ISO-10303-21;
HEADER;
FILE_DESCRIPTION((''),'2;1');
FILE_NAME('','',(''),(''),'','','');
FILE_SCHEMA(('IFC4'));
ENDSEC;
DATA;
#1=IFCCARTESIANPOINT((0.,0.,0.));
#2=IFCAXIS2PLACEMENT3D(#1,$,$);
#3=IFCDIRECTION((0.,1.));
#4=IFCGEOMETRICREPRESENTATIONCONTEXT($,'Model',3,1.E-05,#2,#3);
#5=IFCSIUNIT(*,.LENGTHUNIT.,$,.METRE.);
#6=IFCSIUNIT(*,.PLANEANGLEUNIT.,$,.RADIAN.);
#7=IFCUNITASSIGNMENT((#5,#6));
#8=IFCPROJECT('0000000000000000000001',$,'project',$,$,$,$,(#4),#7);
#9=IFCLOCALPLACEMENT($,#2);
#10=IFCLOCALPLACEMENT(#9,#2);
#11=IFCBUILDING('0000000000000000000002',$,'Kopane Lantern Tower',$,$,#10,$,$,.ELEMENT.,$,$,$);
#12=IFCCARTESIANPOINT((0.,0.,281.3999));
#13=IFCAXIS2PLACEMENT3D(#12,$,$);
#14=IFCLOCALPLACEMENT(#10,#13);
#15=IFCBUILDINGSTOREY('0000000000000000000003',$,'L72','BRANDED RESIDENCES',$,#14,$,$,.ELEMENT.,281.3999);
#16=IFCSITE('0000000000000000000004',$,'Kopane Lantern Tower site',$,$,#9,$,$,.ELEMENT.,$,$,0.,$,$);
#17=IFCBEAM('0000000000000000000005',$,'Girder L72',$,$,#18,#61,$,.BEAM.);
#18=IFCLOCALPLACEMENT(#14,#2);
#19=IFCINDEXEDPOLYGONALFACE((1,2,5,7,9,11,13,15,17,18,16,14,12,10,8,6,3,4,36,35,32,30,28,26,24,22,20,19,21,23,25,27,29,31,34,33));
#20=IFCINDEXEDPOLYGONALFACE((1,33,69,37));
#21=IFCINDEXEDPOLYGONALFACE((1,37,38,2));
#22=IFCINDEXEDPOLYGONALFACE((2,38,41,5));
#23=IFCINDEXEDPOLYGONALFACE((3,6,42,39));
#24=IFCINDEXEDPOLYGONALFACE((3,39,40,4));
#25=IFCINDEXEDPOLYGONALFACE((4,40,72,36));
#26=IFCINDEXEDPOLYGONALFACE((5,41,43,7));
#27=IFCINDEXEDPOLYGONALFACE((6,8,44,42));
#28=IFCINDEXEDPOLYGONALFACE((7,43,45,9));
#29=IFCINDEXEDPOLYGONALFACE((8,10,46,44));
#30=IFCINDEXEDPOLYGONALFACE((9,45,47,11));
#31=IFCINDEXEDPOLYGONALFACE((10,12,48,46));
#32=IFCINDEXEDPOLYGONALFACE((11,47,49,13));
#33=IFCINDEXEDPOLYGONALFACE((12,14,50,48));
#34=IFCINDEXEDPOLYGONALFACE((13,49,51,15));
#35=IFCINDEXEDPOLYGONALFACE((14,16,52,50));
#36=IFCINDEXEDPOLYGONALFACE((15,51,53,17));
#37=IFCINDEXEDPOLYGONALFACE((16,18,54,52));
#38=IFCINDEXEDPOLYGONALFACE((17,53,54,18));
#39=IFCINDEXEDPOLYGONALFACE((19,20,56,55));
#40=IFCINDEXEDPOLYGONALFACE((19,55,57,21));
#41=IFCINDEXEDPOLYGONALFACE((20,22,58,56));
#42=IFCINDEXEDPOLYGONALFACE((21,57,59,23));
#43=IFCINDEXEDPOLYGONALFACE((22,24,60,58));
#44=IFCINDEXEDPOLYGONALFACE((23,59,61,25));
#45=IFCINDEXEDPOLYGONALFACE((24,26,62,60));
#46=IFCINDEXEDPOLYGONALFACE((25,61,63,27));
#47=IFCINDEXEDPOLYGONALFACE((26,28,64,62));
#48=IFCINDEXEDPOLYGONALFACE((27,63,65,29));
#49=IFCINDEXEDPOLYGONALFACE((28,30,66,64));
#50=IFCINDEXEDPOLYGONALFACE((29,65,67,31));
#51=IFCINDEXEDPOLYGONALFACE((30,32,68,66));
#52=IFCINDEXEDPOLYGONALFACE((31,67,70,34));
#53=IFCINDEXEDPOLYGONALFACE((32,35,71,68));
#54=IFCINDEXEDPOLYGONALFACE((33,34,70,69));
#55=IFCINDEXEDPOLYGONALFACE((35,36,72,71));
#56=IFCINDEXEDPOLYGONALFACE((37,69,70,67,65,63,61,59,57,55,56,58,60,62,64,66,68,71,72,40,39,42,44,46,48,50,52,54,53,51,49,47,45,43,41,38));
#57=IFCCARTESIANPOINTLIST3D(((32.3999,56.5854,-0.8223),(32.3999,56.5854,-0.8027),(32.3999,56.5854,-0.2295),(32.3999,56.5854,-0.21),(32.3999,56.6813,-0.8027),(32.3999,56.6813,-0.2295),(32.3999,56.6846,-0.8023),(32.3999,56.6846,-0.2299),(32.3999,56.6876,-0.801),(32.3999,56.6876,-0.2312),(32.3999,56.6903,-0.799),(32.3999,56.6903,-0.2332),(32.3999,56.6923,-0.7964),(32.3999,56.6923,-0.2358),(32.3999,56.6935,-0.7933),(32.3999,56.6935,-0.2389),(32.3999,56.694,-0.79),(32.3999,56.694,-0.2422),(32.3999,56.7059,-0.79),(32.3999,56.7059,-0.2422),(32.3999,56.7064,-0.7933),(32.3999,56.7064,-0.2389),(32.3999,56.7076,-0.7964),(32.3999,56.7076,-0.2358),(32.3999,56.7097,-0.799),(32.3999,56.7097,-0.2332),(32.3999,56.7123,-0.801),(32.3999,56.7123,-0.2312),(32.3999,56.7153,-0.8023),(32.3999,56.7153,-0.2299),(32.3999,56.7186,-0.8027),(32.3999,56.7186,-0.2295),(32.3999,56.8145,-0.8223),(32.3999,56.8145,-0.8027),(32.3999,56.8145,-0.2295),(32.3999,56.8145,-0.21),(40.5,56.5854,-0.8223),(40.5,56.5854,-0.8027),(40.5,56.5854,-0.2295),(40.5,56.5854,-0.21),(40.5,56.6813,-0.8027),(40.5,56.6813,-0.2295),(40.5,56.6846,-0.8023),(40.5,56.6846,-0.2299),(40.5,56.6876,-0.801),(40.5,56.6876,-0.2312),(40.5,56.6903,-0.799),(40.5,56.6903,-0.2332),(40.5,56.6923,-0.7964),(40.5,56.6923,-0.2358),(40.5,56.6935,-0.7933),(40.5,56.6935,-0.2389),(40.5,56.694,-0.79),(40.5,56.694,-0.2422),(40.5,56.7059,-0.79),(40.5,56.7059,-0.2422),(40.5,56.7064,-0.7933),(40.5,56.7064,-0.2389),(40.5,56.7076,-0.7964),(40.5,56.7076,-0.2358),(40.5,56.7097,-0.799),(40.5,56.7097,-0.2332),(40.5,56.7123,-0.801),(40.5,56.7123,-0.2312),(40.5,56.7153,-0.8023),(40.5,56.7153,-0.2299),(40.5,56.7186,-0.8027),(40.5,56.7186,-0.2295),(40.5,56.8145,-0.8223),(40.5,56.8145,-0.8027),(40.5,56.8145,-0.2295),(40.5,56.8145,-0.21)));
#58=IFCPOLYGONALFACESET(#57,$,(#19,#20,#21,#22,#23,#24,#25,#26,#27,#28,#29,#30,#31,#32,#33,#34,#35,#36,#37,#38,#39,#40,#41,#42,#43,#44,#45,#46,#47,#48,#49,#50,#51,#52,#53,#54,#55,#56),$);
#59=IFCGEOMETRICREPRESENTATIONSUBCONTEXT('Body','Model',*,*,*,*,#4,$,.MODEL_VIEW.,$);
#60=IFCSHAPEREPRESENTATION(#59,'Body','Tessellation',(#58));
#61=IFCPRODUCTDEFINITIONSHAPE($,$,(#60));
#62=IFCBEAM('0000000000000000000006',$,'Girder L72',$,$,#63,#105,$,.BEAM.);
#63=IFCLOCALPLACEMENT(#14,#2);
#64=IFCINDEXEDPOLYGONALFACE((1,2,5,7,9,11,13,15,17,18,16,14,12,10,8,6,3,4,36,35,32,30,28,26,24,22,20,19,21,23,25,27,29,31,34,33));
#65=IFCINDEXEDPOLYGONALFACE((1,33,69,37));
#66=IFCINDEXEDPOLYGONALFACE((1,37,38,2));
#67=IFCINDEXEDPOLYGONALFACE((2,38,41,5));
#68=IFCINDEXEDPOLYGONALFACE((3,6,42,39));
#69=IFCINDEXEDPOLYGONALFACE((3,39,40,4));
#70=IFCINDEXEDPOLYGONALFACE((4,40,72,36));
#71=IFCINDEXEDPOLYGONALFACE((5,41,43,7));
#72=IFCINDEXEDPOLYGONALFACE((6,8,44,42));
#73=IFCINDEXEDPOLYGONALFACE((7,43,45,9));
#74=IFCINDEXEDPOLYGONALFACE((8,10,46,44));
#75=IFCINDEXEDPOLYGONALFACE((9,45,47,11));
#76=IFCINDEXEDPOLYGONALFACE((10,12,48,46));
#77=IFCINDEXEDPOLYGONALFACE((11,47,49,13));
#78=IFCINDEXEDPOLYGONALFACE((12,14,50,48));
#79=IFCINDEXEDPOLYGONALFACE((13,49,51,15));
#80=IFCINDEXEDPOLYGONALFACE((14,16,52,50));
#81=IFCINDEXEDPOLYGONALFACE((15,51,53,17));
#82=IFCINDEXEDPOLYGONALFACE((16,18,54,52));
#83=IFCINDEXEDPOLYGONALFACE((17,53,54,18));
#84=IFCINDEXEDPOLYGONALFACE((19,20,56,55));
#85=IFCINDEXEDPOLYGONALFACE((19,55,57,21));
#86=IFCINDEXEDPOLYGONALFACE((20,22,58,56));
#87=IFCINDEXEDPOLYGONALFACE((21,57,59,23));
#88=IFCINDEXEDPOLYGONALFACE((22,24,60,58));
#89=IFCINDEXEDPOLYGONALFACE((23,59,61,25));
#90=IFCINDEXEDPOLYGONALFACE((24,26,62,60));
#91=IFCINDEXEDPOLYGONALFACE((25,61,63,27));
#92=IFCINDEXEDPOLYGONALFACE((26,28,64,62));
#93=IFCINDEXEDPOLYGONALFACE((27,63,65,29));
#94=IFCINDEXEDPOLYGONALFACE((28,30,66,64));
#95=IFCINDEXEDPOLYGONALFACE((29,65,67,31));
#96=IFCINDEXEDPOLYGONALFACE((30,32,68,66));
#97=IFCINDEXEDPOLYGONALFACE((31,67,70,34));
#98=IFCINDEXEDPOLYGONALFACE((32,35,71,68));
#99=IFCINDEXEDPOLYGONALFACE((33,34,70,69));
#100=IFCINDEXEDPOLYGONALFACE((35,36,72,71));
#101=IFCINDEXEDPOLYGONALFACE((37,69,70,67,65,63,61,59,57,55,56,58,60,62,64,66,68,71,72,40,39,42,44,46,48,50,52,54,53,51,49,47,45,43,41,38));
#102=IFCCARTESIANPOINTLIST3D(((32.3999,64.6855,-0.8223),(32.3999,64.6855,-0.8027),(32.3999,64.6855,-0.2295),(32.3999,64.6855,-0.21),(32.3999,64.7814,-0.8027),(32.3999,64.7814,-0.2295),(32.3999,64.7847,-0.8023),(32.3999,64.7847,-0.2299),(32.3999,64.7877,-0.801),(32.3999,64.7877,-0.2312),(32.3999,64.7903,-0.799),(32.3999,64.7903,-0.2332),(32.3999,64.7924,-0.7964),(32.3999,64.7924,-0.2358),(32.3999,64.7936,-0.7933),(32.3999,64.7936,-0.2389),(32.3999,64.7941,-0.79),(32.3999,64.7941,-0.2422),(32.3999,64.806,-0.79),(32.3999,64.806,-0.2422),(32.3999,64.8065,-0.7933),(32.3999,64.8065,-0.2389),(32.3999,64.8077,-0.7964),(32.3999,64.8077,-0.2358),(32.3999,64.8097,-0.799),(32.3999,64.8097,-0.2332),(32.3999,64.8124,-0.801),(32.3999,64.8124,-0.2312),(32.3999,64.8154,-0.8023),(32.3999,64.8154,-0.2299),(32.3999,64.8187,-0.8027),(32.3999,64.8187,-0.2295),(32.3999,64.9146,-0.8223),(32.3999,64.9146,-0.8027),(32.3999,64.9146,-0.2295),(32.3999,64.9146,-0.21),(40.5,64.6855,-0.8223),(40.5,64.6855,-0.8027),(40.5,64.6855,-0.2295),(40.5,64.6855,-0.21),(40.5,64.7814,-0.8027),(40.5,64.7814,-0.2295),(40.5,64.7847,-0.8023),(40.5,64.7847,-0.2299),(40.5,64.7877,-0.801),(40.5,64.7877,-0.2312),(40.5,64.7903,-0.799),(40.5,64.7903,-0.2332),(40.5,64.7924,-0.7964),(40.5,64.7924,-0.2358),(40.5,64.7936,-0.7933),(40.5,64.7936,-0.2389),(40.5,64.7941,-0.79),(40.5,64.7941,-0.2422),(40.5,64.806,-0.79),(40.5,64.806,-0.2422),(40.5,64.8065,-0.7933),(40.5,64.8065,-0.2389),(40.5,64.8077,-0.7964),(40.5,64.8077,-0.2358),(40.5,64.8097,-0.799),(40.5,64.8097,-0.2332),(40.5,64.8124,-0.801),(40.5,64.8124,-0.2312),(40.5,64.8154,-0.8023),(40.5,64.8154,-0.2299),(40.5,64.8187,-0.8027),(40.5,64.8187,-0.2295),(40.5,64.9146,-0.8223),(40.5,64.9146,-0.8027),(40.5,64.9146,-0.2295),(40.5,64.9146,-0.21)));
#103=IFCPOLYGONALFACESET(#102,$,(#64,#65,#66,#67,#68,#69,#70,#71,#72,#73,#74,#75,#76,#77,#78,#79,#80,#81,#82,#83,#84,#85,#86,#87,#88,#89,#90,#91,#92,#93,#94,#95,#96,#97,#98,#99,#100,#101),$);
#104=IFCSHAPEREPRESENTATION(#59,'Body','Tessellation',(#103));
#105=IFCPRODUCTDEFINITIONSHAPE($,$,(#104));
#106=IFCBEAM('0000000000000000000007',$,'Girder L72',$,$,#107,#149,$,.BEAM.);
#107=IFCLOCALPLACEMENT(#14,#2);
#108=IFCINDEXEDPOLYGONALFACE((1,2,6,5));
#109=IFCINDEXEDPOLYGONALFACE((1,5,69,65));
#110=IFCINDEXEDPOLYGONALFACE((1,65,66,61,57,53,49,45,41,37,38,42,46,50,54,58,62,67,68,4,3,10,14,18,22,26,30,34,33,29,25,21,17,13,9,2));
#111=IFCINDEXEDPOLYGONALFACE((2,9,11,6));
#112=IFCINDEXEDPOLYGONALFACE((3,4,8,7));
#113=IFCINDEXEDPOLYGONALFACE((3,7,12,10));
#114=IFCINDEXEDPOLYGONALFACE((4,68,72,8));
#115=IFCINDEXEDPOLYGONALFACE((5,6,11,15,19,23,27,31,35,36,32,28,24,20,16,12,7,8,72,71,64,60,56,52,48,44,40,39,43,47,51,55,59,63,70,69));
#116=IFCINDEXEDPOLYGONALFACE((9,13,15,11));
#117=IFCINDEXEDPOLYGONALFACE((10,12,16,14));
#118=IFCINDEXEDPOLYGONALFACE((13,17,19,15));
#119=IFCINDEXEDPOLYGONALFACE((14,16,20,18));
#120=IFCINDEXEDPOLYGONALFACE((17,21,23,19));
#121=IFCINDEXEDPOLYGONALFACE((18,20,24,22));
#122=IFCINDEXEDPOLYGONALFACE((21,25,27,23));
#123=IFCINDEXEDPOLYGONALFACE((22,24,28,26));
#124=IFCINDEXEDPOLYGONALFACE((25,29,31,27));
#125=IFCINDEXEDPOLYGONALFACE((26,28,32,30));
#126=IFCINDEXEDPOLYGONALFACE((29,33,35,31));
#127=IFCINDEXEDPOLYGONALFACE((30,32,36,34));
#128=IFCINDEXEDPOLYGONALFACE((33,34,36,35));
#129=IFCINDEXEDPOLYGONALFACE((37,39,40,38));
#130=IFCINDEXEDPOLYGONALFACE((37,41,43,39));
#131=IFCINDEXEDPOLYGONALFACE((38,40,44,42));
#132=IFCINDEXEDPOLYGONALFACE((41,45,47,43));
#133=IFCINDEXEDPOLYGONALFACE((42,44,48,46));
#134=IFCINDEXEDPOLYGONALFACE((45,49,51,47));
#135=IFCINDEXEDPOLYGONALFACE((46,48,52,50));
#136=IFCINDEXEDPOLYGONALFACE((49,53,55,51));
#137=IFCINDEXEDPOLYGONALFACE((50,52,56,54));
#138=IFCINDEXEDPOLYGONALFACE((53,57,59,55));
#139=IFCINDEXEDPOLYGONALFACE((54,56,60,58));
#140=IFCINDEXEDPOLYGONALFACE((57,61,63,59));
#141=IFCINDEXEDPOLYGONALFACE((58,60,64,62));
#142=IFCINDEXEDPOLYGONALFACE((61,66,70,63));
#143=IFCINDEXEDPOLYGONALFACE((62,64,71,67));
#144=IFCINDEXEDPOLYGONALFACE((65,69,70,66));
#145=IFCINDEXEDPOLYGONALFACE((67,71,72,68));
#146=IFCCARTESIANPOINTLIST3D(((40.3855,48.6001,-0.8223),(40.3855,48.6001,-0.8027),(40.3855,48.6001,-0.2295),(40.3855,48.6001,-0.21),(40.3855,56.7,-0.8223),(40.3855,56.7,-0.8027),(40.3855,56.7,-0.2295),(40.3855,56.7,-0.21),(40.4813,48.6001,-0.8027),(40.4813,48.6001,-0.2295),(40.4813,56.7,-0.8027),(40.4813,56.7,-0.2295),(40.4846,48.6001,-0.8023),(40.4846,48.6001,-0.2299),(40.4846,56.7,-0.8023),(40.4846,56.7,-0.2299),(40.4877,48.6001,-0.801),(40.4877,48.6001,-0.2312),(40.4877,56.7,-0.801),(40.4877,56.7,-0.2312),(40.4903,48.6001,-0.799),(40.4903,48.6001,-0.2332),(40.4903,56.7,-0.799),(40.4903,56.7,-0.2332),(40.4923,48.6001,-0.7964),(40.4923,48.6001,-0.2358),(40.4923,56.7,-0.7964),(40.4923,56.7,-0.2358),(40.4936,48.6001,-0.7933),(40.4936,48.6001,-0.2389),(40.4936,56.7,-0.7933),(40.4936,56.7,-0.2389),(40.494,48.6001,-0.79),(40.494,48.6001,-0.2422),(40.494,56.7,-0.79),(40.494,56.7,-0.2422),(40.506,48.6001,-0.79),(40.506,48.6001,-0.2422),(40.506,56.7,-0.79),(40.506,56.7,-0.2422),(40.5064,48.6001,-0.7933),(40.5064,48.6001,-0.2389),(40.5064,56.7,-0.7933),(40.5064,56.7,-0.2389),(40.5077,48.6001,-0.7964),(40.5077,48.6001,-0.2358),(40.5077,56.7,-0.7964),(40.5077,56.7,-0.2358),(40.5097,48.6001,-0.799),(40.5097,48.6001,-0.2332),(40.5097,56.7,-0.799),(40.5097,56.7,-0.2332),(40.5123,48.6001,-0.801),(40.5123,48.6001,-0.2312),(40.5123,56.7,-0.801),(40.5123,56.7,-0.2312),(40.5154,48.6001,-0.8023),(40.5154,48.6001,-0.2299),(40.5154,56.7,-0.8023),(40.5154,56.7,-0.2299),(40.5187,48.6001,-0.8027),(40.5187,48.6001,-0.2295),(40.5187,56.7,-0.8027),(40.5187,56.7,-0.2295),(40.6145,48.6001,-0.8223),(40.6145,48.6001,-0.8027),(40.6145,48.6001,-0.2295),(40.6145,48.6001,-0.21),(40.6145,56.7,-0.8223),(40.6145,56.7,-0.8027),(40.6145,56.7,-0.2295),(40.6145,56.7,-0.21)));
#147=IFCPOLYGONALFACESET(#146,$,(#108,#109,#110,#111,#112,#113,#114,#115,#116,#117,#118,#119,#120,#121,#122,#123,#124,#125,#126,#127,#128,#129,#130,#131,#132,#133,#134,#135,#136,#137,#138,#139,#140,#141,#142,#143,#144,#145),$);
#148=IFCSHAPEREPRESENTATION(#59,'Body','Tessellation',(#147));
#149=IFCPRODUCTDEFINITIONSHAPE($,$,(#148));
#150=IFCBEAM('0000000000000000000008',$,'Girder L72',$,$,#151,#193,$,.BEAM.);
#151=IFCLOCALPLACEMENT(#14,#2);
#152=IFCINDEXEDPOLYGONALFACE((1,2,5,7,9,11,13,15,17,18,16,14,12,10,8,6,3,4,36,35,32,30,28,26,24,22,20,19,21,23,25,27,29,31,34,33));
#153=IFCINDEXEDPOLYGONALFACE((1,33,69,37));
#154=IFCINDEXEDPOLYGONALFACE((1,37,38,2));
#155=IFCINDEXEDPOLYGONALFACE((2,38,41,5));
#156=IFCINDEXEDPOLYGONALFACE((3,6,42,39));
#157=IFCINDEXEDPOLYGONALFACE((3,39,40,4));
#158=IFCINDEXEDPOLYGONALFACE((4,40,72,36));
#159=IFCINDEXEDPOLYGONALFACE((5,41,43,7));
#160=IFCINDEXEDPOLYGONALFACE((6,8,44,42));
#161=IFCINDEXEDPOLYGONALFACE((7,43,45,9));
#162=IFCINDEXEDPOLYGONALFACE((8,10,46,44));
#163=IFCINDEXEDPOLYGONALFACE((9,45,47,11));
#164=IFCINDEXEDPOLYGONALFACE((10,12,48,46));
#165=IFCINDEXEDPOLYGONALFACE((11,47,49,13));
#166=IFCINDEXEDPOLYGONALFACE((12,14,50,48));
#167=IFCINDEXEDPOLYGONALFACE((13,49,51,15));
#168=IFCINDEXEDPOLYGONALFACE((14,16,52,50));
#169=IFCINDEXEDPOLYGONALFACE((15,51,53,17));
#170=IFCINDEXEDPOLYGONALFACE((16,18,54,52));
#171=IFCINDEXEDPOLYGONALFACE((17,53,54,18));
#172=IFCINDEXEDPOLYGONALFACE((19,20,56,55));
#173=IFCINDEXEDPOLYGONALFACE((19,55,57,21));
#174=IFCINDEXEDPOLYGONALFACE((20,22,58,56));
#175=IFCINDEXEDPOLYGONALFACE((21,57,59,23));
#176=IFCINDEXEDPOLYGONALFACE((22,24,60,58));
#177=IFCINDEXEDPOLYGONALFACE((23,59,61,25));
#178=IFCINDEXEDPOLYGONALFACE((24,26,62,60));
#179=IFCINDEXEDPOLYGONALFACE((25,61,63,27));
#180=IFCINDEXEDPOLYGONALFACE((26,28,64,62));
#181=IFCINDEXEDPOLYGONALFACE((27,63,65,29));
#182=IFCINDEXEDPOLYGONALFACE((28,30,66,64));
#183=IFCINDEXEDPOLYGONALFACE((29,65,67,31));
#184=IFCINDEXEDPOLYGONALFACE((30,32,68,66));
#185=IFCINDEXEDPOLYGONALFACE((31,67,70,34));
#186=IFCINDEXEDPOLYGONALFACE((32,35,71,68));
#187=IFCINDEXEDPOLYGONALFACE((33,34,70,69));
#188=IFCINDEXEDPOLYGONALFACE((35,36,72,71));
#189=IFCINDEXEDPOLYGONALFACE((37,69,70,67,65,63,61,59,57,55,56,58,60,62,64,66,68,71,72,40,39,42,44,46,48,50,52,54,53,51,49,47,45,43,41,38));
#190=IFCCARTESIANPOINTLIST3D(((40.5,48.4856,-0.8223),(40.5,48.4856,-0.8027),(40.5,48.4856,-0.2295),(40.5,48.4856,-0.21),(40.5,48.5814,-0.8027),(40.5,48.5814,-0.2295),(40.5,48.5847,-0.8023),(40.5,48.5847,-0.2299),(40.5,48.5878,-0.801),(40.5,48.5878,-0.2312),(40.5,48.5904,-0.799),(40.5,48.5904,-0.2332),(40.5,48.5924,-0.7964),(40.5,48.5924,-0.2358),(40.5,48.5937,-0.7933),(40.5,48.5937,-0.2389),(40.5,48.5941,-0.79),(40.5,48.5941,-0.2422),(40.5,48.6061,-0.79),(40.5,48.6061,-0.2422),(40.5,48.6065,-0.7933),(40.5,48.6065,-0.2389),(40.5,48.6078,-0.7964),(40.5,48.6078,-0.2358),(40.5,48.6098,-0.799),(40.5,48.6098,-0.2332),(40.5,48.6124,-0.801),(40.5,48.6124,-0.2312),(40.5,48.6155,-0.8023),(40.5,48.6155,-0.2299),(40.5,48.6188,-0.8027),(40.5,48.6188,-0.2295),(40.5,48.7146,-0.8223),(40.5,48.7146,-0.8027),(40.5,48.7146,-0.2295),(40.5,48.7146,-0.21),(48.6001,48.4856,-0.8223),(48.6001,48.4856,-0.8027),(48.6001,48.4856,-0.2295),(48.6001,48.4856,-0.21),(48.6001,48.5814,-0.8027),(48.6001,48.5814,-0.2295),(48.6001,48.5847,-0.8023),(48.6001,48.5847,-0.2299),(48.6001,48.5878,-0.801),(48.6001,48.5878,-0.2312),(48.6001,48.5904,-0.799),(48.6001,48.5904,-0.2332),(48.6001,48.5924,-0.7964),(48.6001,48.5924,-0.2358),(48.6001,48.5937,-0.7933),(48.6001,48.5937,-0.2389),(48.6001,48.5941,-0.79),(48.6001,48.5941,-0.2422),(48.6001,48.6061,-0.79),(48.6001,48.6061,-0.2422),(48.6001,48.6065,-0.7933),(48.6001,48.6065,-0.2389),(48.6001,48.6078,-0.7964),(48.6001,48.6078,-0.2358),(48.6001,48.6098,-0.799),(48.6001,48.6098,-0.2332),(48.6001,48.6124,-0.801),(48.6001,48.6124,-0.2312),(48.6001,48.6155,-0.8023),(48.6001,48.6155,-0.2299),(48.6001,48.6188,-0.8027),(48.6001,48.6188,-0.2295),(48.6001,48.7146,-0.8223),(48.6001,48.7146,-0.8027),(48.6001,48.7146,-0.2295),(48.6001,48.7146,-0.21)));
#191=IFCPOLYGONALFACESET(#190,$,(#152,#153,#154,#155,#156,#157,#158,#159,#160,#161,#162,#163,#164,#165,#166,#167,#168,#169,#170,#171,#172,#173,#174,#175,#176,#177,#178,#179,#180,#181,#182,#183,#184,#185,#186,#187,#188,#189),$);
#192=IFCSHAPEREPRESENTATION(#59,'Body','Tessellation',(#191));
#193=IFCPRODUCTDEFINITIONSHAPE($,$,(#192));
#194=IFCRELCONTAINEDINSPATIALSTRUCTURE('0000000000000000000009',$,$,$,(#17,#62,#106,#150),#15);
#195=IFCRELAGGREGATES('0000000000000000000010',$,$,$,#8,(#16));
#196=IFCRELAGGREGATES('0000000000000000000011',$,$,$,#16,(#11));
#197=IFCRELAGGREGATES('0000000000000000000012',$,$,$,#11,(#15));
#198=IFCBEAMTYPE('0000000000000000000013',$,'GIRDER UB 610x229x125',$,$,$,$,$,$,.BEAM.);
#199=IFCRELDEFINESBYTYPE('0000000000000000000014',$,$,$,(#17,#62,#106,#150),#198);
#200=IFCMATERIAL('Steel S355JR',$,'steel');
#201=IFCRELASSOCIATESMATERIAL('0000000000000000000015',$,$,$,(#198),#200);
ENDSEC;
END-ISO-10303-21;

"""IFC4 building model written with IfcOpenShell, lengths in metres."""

from ifc_helpers import new_model, si_unit, direction, frame, origin, origin_2d, place, context, subcontext, project, spatial, i_section, extrude, material, material_profile, profile_set, type_object, element, save


model = new_model("IFC4")

# Units and contexts
model_context = context("Model", 3, precision=1e-05, world=origin(), true_north=direction((0.0, 1.0)))
body_context = subcontext(model_context, "Body", "Model", "MODEL_VIEW")
ifc_project = project(units=[si_unit("LENGTHUNIT", "METRE"), si_unit("PLANEANGLEUNIT", "RADIAN")], contexts=[model_context])

# Site, building, storey
site_placement = place(None, origin())
site = spatial("IfcSite", under=ifc_project, at=site_placement, Name="Kopane Lantern Tower site", CompositionType="ELEMENT", RefElevation=0.0)
building_placement = place(site_placement, origin())
building = spatial("IfcBuilding", under=site, at=building_placement, Name="Kopane Lantern Tower", CompositionType="ELEMENT")
storey_placement = place(building_placement, frame((0.0, 0.0, 281.3999)))
storey = spatial("IfcBuildingStorey", under=building, at=storey_placement, Name="L72", Description="BRANDED RESIDENCES", CompositionType="ELEMENT", Elevation=281.3999)

# Beams
ifc_material_1 = material(Name="Steel S355JR", Category="steel")
ifc_material_profile_1 = material_profile(ifc_material_1, i_section(OverallWidth=0.229, OverallDepth=0.6123, WebThickness=0.012, FlangeThickness=0.0195, FilletRadius=0.0127, at=origin_2d()), Name="UB 610x229x125")
ifc_profile_set_1 = profile_set([ifc_material_profile_1], Name="Steel S355JR")
beam_type = type_object("IfcBeamType", Name="GIRDER UB 610x229x125", PredefinedType="BEAM", material=ifc_profile_set_1)
for number, where, z_axis, x_axis, name in (
    (1, (32.3999, 56.7, -0.5161), (1.0, 0.0, 0.0), (0.0, 1.0, 0.0), "Girder L72"),
    (2, (32.3999, 64.8, -0.5161), (1.0, 0.0, 0.0), (0.0, 1.0, 0.0), "Girder L72"),
):
    element("IfcBeam", number, at=place(storey_placement, frame(where, z_axis=z_axis, x_axis=x_axis)), inside=storey, type_object=beam_type, Name=name, PredefinedType="BEAM", context=body_context, shape_type="SweptSolid", body=[
        extrude(i_section(OverallWidth=0.229, OverallDepth=0.6123, WebThickness=0.012, FlangeThickness=0.0195, FilletRadius=0.0127, at=origin_2d()), origin(), (0.0, 0.0, 1.0), 8.1001),
    ])
beam_1_placement = place(storey_placement, frame((40.5, 48.6001, -0.5161), z_axis=(0.0, 1.0, 0.0), x_axis=(-1.0, 0.0, 0.0)))
element("IfcBeam", 3, at=beam_1_placement, inside=storey, type_object=beam_type, Name="Girder L72", PredefinedType="BEAM", context=body_context, shape_type="SweptSolid", body=[
    extrude(i_section(OverallWidth=0.229, OverallDepth=0.6123, WebThickness=0.012, FlangeThickness=0.0195, FilletRadius=0.0127, at=origin_2d()), origin(), (0.0, 0.0, 1.0), 8.0999),
])
beam_2_placement = place(storey_placement, frame((40.5, 48.6001, -0.5161), z_axis=(1.0, 0.0, 0.0), x_axis=(0.0, 1.0, 0.0)))
element("IfcBeam", 4, at=beam_2_placement, inside=storey, type_object=beam_type, Name="Girder L72", PredefinedType="BEAM", context=body_context, shape_type="SweptSolid", body=[
    extrude(i_section(OverallWidth=0.229, OverallDepth=0.6123, WebThickness=0.012, FlangeThickness=0.0195, FilletRadius=0.0127, at=origin_2d()), origin(), (0.0, 0.0, 1.0), 8.1001),
])

save(model, "model.ifc")
